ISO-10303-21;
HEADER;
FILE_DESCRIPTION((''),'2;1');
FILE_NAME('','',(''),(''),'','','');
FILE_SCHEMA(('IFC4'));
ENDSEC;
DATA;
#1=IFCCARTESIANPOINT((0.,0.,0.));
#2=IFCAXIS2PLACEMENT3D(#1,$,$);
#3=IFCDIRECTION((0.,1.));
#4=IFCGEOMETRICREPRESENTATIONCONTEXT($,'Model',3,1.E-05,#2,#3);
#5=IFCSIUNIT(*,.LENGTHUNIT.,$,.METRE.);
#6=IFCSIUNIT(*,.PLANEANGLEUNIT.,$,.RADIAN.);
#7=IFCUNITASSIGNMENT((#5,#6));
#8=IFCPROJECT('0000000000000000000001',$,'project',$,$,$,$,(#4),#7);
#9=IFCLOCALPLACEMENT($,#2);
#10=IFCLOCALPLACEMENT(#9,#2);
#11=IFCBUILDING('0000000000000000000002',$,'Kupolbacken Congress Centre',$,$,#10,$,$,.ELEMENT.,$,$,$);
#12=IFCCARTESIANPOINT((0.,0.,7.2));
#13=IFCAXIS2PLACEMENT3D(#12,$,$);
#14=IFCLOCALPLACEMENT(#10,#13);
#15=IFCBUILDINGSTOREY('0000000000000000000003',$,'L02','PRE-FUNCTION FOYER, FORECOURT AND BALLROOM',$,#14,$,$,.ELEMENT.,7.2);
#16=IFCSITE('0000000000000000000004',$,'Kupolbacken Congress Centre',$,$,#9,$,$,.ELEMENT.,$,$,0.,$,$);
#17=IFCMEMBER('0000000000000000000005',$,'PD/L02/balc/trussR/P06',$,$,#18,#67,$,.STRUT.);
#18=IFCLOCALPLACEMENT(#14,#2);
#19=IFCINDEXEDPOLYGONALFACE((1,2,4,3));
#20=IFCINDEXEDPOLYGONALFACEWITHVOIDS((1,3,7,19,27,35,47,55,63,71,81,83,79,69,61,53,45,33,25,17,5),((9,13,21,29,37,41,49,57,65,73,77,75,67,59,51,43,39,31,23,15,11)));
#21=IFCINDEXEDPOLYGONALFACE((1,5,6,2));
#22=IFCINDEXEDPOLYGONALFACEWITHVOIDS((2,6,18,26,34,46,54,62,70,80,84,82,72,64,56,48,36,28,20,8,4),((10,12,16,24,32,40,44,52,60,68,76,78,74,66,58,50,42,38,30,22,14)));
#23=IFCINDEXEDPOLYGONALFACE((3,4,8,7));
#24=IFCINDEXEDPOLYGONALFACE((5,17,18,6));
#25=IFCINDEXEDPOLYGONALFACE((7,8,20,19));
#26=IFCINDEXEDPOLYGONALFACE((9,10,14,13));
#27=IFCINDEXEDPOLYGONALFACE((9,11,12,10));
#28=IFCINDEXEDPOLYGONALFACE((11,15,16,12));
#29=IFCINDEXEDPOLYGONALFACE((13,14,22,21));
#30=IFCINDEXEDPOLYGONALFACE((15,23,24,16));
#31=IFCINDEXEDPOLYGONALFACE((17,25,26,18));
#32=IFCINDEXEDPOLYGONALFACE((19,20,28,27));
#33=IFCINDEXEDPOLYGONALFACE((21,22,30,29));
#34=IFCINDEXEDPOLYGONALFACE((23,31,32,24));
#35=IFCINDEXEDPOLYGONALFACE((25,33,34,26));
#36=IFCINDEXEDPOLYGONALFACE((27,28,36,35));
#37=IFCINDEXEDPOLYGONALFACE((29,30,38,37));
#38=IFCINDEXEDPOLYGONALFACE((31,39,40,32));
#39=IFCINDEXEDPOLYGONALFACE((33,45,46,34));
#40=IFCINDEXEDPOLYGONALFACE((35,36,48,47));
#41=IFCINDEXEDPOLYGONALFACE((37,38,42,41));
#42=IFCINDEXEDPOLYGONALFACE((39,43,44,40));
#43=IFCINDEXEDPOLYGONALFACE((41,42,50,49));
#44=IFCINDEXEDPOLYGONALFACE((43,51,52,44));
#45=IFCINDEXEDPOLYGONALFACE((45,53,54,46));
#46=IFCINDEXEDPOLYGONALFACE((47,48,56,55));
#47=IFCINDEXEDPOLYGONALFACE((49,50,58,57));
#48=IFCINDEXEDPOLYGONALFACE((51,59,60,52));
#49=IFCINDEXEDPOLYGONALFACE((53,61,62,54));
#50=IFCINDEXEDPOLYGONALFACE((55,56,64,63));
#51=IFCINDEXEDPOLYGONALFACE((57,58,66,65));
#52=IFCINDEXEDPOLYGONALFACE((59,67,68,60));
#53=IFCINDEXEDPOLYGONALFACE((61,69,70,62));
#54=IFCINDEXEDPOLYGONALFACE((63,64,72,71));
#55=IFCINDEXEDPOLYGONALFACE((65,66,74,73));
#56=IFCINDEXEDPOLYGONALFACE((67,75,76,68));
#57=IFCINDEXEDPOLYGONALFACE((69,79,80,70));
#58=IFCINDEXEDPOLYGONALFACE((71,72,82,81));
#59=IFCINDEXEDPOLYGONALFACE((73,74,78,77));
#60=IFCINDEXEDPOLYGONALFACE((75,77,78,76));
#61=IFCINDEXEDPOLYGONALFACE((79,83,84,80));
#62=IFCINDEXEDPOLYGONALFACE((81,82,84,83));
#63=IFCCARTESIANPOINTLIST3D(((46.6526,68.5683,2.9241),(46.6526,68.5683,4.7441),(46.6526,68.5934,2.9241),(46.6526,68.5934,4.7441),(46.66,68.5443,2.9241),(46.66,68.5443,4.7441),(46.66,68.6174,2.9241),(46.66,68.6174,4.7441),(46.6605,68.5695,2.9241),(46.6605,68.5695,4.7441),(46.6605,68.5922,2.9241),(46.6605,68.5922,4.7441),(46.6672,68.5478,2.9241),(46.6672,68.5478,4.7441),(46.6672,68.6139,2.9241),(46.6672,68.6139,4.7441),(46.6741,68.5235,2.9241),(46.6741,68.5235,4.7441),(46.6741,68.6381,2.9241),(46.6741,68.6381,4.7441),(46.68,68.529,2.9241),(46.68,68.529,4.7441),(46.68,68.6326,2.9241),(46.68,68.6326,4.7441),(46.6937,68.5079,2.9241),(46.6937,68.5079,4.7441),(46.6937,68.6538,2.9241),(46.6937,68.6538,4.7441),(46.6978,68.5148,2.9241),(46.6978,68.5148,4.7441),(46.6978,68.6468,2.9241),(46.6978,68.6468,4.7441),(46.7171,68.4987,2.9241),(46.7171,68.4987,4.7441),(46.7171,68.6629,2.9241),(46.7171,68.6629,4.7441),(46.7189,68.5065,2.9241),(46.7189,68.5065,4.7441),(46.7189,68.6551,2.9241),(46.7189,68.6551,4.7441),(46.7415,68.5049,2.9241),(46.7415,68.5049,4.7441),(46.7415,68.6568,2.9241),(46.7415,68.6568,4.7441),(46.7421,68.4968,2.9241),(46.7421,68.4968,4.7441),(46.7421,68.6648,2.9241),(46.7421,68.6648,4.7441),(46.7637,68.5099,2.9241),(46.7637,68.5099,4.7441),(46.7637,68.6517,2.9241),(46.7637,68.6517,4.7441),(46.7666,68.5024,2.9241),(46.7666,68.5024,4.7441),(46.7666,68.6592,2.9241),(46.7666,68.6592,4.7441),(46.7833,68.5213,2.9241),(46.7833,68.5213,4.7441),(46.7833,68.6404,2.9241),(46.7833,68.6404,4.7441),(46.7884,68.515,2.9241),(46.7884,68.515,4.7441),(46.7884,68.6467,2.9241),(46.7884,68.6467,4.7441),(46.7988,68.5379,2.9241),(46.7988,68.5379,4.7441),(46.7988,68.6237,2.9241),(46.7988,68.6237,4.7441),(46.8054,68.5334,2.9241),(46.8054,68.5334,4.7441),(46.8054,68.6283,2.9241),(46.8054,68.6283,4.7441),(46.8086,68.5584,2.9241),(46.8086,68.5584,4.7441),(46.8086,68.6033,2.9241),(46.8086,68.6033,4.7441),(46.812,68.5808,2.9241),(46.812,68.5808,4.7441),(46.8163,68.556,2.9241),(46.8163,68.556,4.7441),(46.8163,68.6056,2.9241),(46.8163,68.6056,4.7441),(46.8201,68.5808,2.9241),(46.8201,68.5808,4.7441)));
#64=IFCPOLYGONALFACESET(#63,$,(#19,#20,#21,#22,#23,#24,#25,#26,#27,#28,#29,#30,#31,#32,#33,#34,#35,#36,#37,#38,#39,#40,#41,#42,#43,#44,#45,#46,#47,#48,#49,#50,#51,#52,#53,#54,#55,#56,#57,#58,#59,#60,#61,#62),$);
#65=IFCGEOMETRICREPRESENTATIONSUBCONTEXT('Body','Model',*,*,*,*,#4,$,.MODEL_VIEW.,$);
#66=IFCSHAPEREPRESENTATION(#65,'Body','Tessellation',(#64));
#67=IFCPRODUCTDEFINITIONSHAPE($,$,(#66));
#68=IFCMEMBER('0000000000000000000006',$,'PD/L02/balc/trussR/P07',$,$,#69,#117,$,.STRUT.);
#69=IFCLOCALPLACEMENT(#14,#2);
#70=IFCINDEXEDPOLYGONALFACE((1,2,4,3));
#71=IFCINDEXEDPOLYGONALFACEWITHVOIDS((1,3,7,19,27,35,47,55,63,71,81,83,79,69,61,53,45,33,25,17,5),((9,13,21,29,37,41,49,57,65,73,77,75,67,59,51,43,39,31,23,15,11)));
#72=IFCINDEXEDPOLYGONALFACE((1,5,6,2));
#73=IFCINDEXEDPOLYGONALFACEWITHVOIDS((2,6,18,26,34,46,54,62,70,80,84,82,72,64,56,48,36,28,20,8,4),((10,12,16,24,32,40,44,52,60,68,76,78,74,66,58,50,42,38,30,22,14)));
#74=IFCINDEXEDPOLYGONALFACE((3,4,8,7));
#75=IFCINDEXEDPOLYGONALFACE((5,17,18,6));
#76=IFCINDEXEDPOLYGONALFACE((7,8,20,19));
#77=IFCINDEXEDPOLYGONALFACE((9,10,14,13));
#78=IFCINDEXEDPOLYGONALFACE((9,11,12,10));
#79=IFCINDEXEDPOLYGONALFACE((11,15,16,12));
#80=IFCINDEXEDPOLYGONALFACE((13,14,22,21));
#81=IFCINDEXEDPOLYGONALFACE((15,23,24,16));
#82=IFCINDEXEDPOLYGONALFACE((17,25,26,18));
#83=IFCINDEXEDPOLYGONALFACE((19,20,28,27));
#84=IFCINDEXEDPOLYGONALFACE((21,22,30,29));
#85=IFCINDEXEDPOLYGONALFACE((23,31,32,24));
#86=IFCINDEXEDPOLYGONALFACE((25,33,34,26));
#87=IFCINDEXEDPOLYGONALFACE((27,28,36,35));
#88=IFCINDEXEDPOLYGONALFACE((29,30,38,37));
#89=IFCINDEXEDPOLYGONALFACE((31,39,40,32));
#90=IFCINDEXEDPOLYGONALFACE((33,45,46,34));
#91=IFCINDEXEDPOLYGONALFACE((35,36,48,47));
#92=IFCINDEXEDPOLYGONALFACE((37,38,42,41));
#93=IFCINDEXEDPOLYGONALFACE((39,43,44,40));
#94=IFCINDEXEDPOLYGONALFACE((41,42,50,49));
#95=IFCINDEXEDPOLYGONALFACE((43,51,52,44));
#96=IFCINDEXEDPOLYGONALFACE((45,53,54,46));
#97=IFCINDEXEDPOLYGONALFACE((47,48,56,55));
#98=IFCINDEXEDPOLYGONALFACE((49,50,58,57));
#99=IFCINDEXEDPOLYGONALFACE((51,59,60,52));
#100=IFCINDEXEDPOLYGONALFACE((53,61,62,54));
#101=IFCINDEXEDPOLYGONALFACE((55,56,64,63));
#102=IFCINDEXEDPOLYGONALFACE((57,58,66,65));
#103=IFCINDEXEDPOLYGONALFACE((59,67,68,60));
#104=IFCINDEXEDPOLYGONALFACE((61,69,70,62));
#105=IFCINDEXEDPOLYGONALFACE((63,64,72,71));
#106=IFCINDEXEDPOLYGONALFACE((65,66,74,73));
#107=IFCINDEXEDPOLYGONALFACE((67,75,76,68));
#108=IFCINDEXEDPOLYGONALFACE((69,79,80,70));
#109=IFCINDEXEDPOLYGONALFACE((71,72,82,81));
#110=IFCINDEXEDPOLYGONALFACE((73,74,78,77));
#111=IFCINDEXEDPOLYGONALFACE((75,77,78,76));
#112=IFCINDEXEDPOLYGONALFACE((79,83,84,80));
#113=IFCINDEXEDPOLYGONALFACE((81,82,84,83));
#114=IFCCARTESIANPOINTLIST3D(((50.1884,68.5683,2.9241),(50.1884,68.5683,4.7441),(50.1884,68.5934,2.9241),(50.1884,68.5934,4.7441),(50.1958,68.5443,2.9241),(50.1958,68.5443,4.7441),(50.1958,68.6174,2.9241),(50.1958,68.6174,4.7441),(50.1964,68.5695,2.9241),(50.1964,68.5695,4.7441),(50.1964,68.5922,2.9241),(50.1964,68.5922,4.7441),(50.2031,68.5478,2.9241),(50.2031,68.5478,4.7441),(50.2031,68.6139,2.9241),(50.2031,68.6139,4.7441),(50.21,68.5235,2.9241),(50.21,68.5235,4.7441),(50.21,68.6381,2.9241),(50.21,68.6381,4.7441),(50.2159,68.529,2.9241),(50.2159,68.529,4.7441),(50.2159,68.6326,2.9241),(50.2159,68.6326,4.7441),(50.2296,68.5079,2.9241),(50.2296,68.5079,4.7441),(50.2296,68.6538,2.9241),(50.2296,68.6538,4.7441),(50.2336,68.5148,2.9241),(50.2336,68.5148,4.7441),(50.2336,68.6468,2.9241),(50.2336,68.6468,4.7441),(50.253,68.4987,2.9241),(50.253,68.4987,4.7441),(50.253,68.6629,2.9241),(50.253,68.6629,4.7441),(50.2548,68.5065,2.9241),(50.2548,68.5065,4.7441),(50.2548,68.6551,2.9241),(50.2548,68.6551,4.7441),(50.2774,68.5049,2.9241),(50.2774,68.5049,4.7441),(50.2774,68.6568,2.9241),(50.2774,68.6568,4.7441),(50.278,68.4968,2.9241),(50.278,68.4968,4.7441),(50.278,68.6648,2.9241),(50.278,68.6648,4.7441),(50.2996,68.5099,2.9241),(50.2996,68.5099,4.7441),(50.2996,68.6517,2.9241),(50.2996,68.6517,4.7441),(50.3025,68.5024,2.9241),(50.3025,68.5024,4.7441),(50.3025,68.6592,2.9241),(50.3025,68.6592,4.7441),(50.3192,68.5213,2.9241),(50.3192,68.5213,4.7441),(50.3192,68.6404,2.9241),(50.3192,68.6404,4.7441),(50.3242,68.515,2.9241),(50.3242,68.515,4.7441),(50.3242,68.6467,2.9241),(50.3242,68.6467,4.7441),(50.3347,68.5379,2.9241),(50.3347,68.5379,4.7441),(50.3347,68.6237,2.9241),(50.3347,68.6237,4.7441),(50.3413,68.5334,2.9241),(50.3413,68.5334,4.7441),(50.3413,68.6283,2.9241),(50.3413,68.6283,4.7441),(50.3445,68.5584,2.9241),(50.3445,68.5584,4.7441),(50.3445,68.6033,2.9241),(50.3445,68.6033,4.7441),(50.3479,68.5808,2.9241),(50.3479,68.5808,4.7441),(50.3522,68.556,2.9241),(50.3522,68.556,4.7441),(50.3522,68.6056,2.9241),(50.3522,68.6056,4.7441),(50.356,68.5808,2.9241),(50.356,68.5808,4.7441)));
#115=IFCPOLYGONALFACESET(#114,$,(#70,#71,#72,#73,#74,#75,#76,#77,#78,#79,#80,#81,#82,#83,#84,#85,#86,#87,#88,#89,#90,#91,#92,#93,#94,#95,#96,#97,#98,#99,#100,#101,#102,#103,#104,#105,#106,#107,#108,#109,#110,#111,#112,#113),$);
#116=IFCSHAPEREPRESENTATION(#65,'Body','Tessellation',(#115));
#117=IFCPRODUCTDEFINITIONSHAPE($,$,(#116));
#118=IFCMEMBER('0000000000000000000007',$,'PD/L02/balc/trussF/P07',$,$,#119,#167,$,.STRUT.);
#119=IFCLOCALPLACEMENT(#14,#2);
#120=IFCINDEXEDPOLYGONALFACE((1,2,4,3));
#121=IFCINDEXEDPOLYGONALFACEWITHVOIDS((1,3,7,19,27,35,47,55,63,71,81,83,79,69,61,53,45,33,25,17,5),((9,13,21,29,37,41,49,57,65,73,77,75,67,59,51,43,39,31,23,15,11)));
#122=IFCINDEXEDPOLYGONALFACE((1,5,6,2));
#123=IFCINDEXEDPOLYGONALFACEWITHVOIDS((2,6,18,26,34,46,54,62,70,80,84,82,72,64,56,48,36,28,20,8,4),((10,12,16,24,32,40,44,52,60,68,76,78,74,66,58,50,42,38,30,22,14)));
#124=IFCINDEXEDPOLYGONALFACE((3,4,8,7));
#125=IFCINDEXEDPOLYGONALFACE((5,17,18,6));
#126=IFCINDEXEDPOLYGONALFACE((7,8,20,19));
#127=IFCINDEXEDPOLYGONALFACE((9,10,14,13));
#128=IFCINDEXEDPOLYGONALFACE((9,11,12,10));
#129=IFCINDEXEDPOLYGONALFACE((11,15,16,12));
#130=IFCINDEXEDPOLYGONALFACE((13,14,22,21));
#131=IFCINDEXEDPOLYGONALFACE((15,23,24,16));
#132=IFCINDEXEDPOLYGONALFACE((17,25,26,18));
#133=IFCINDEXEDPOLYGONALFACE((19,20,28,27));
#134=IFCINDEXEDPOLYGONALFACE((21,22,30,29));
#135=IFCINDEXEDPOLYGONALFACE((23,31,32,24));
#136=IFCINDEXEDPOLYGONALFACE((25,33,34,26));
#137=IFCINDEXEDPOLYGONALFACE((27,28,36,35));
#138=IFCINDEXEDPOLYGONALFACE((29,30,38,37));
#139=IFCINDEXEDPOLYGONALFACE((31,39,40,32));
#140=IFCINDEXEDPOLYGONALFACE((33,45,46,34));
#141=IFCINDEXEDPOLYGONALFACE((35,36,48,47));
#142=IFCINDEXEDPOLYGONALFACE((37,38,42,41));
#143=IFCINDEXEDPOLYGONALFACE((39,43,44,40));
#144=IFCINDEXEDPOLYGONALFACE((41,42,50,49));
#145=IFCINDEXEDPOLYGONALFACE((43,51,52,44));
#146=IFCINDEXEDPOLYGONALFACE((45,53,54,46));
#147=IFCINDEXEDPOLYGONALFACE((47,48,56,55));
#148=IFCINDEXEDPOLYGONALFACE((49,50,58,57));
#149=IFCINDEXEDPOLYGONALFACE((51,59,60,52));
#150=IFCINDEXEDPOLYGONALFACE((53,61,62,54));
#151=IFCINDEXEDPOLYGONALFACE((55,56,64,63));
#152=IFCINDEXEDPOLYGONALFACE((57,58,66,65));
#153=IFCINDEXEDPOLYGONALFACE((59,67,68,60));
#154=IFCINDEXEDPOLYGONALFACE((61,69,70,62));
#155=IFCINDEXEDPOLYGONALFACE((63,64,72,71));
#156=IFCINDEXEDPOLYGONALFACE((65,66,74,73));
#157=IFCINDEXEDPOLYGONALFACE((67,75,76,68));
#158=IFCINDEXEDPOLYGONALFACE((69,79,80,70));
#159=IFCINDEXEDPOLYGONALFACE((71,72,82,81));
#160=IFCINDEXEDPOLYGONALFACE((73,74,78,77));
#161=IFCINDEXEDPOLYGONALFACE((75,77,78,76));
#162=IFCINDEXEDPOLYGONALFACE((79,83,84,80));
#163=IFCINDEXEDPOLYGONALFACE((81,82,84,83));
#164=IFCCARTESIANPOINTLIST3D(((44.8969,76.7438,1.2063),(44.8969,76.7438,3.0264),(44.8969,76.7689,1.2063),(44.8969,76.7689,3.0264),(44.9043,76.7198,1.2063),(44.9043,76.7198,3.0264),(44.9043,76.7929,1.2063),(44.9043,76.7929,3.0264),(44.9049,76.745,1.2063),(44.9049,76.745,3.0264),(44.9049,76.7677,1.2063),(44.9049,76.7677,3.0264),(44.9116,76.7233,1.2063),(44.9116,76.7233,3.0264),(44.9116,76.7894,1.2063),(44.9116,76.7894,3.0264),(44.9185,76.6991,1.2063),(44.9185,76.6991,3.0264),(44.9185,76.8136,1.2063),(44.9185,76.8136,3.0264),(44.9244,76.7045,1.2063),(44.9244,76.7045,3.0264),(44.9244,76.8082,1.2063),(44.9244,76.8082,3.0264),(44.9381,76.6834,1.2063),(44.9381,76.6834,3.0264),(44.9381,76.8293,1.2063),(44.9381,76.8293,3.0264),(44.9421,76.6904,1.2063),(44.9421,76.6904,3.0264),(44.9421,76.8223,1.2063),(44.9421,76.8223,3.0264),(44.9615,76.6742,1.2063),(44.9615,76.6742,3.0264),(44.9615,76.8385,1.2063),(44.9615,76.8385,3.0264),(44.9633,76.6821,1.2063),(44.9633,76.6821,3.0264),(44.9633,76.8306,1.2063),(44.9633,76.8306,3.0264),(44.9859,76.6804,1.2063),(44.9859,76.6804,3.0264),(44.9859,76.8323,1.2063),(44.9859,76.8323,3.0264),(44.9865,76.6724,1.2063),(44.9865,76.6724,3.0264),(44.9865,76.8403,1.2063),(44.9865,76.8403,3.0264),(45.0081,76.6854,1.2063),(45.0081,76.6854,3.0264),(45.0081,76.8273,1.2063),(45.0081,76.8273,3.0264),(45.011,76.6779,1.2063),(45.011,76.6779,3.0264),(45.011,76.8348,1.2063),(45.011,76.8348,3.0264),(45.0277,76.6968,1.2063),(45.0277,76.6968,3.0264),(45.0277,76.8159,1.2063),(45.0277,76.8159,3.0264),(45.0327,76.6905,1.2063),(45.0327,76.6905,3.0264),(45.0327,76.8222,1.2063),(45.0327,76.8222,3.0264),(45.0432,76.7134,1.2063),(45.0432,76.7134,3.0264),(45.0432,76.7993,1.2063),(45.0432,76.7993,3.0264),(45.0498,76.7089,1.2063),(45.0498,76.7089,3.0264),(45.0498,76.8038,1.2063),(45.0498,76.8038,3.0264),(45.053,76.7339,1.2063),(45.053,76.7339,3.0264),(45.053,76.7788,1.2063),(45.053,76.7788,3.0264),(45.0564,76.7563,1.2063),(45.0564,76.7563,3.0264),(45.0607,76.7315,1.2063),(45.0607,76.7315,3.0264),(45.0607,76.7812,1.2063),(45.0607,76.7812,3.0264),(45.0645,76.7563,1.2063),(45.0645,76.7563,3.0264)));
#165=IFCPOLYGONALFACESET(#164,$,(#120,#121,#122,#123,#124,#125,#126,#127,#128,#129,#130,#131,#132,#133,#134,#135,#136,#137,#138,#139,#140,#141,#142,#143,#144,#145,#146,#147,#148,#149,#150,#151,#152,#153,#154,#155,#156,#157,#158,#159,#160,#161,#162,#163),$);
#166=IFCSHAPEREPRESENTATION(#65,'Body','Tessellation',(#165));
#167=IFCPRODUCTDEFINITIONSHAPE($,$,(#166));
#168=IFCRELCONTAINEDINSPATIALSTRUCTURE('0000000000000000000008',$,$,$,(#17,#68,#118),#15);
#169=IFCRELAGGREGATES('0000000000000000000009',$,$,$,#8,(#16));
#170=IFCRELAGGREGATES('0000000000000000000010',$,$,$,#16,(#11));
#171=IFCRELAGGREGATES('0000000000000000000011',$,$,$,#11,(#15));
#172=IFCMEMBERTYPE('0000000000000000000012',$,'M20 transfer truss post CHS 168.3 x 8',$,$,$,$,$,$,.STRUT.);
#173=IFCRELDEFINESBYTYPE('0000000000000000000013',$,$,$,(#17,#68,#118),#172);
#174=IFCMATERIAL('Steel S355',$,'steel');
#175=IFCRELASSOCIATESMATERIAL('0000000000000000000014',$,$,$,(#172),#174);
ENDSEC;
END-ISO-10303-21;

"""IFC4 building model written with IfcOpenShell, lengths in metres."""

from ifc_helpers import new_model, si_unit, direction, frame, origin, origin_2d, place, context, subcontext, project, spatial, hollow_circle, extrude, material, material_profile, profile_set, type_object, element, save


model = new_model("IFC4")

# Units and contexts
model_context = context("Model", 3, precision=1e-05, world=origin(), true_north=direction((0.0, 1.0)))
body_context = subcontext(model_context, "Body", "Model", "MODEL_VIEW")
ifc_project = project(units=[si_unit("LENGTHUNIT", "METRE"), si_unit("PLANEANGLEUNIT", "RADIAN")], contexts=[model_context])

# Site, building, storey
site_placement = place(None, origin())
site = spatial("IfcSite", under=ifc_project, at=site_placement, Name="Kupolbacken Congress Centre", CompositionType="ELEMENT", RefElevation=0.0)
building_placement = place(site_placement, origin())
building = spatial("IfcBuilding", under=site, at=building_placement, Name="Kupolbacken Congress Centre", CompositionType="ELEMENT")
storey_placement = place(building_placement, frame((0.0, 0.0, 7.2)))
storey = spatial("IfcBuildingStorey", under=building, at=storey_placement, Name="L02", Description="PRE-FUNCTION FOYER, FORECOURT AND BALLROOM", CompositionType="ELEMENT", Elevation=7.2)

# Members
ifc_material_1 = material(Name="Steel S355", Category="steel")
ifc_material_profile_1 = material_profile(ifc_material_1, hollow_circle(Radius=0.0842, WallThickness=0.0081, at=origin_2d()), Name="CHS 168.3 x 8")
ifc_profile_set_1 = profile_set([ifc_material_profile_1], Name="Steel S355")
member_type_1 = type_object("IfcMemberType", Name="M20 transfer truss post CHS 168.3 x 8", PredefinedType="STRUT", material=ifc_profile_set_1)
for number, where, z_axis, x_axis, name in (
    (1, (46.7358, 68.5808, 2.9241), (0.0, 0.0, 1.0), (1.0, 0.0, 0.0), "PD/L02/balc/trussR/P06"),
    (2, (50.2717, 68.5808, 2.9241), (0.0, 0.0, 1.0), (1.0, 0.0, 0.0), "PD/L02/balc/trussR/P07"),
    (3, (44.9802, 76.7563, 1.2063), (0.0, 0.0, 1.0), (1.0, 0.0, 0.0), "PD/L02/balc/trussF/P07"),
):
    element("IfcMember", number, at=place(storey_placement, frame(where, z_axis=z_axis, x_axis=x_axis)), inside=storey, type_object=member_type_1, Name=name, PredefinedType="STRUT", context=body_context, shape_type="SweptSolid", body=[
        extrude(hollow_circle(Radius=0.0842, WallThickness=0.0081, at=origin_2d()), origin(), (0.0, 0.0, 1.0), 1.8201),
    ])

save(model, "model.ifc")
